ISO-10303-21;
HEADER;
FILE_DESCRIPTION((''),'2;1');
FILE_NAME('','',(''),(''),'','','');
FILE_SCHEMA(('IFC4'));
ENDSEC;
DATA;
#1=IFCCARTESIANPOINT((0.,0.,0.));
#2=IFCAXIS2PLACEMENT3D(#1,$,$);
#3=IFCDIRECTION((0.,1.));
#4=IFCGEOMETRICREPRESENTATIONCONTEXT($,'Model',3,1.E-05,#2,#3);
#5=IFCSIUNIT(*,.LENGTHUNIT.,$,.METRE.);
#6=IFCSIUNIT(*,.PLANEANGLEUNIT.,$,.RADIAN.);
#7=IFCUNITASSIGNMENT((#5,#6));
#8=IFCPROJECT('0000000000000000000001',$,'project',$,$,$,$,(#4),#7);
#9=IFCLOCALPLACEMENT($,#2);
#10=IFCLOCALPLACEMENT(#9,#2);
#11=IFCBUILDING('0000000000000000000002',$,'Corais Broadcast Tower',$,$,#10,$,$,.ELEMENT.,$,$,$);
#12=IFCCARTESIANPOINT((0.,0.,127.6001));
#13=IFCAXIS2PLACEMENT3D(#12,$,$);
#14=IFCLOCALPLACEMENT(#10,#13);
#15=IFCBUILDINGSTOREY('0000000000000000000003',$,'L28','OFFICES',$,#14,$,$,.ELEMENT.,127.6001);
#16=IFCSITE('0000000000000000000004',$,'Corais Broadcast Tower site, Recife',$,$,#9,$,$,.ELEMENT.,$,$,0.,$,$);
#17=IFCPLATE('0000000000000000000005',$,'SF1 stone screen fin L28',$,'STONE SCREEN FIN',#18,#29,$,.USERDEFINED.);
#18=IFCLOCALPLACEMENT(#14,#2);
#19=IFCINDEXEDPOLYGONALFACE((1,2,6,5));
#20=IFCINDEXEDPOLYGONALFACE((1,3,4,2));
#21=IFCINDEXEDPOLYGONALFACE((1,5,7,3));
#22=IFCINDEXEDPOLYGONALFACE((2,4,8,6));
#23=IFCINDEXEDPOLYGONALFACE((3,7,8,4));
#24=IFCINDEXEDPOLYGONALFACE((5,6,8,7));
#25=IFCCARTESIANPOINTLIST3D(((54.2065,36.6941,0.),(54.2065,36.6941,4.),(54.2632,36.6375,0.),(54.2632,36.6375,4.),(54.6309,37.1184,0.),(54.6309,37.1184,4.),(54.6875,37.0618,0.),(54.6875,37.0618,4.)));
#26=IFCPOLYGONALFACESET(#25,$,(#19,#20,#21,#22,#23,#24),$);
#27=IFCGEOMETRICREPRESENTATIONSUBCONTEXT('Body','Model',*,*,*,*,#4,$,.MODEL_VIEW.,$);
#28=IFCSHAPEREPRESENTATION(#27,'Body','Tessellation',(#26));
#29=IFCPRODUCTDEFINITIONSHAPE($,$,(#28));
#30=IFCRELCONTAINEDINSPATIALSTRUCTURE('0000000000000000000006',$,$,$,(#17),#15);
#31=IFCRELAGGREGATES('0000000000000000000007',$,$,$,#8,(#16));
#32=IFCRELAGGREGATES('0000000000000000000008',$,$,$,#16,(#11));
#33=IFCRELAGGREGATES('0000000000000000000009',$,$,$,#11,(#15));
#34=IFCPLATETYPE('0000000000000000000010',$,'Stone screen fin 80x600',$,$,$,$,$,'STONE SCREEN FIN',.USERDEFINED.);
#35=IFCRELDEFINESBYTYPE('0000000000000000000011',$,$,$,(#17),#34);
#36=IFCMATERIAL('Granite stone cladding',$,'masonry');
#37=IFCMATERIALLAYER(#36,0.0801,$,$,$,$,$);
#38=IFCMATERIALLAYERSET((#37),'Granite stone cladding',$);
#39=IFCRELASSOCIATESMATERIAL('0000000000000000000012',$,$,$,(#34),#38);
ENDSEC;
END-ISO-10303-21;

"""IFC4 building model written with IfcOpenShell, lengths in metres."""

from ifc_helpers import new_model, si_unit, direction, frame, origin, origin_2d, place, context, subcontext, project, spatial, rectangle, extrude, material, layer, layer_set, type_object, element, save


model = new_model("IFC4")

# Units and contexts
model_context = context("Model", 3, precision=1e-05, world=origin(), true_north=direction((0.0, 1.0)))
body_context = subcontext(model_context, "Body", "Model", "MODEL_VIEW")
ifc_project = project(units=[si_unit("LENGTHUNIT", "METRE"), si_unit("PLANEANGLEUNIT", "RADIAN")], contexts=[model_context])

# Site, building, storey
site_placement = place(None, origin())
site = spatial("IfcSite", under=ifc_project, at=site_placement, Name="Corais Broadcast Tower site, Recife", CompositionType="ELEMENT", RefElevation=0.0)
building_placement = place(site_placement, origin())
building = spatial("IfcBuilding", under=site, at=building_placement, Name="Corais Broadcast Tower", CompositionType="ELEMENT")
storey_placement = place(building_placement, frame((0.0, 0.0, 127.6001)))
storey = spatial("IfcBuildingStorey", under=building, at=storey_placement, Name="L28", Description="OFFICES", CompositionType="ELEMENT", Elevation=127.6001)

# Plate
ifc_material_1 = material(Name="Granite stone cladding", Category="masonry")
ifc_layer_1 = layer(ifc_material_1, 0.0801)
ifc_layer_set_1 = layer_set([ifc_layer_1], Name="Granite stone cladding")
plate_type_1 = type_object("IfcPlateType", Name="Stone screen fin 80x600", ElementType="STONE SCREEN FIN", PredefinedType="USERDEFINED", material=ifc_layer_set_1)
plate_1_placement = place(storey_placement, frame((54.447, 36.8779, 0.0), z_axis=(0.0, 0.0, 1.0), x_axis=(0.707107, -0.707107, 0.0)))
element("IfcPlate", 1, at=plate_1_placement, inside=storey, type_object=plate_type_1, Name="SF1 stone screen fin L28", ObjectType="STONE SCREEN FIN", PredefinedType="USERDEFINED", context=body_context, shape_type="SweptSolid", body=[
    extrude(rectangle(XDim=0.0801, YDim=0.6001, at=origin_2d()), origin(), (0.0, 0.0, 1.0), 4.0),
])

save(model, "model.ifc")
